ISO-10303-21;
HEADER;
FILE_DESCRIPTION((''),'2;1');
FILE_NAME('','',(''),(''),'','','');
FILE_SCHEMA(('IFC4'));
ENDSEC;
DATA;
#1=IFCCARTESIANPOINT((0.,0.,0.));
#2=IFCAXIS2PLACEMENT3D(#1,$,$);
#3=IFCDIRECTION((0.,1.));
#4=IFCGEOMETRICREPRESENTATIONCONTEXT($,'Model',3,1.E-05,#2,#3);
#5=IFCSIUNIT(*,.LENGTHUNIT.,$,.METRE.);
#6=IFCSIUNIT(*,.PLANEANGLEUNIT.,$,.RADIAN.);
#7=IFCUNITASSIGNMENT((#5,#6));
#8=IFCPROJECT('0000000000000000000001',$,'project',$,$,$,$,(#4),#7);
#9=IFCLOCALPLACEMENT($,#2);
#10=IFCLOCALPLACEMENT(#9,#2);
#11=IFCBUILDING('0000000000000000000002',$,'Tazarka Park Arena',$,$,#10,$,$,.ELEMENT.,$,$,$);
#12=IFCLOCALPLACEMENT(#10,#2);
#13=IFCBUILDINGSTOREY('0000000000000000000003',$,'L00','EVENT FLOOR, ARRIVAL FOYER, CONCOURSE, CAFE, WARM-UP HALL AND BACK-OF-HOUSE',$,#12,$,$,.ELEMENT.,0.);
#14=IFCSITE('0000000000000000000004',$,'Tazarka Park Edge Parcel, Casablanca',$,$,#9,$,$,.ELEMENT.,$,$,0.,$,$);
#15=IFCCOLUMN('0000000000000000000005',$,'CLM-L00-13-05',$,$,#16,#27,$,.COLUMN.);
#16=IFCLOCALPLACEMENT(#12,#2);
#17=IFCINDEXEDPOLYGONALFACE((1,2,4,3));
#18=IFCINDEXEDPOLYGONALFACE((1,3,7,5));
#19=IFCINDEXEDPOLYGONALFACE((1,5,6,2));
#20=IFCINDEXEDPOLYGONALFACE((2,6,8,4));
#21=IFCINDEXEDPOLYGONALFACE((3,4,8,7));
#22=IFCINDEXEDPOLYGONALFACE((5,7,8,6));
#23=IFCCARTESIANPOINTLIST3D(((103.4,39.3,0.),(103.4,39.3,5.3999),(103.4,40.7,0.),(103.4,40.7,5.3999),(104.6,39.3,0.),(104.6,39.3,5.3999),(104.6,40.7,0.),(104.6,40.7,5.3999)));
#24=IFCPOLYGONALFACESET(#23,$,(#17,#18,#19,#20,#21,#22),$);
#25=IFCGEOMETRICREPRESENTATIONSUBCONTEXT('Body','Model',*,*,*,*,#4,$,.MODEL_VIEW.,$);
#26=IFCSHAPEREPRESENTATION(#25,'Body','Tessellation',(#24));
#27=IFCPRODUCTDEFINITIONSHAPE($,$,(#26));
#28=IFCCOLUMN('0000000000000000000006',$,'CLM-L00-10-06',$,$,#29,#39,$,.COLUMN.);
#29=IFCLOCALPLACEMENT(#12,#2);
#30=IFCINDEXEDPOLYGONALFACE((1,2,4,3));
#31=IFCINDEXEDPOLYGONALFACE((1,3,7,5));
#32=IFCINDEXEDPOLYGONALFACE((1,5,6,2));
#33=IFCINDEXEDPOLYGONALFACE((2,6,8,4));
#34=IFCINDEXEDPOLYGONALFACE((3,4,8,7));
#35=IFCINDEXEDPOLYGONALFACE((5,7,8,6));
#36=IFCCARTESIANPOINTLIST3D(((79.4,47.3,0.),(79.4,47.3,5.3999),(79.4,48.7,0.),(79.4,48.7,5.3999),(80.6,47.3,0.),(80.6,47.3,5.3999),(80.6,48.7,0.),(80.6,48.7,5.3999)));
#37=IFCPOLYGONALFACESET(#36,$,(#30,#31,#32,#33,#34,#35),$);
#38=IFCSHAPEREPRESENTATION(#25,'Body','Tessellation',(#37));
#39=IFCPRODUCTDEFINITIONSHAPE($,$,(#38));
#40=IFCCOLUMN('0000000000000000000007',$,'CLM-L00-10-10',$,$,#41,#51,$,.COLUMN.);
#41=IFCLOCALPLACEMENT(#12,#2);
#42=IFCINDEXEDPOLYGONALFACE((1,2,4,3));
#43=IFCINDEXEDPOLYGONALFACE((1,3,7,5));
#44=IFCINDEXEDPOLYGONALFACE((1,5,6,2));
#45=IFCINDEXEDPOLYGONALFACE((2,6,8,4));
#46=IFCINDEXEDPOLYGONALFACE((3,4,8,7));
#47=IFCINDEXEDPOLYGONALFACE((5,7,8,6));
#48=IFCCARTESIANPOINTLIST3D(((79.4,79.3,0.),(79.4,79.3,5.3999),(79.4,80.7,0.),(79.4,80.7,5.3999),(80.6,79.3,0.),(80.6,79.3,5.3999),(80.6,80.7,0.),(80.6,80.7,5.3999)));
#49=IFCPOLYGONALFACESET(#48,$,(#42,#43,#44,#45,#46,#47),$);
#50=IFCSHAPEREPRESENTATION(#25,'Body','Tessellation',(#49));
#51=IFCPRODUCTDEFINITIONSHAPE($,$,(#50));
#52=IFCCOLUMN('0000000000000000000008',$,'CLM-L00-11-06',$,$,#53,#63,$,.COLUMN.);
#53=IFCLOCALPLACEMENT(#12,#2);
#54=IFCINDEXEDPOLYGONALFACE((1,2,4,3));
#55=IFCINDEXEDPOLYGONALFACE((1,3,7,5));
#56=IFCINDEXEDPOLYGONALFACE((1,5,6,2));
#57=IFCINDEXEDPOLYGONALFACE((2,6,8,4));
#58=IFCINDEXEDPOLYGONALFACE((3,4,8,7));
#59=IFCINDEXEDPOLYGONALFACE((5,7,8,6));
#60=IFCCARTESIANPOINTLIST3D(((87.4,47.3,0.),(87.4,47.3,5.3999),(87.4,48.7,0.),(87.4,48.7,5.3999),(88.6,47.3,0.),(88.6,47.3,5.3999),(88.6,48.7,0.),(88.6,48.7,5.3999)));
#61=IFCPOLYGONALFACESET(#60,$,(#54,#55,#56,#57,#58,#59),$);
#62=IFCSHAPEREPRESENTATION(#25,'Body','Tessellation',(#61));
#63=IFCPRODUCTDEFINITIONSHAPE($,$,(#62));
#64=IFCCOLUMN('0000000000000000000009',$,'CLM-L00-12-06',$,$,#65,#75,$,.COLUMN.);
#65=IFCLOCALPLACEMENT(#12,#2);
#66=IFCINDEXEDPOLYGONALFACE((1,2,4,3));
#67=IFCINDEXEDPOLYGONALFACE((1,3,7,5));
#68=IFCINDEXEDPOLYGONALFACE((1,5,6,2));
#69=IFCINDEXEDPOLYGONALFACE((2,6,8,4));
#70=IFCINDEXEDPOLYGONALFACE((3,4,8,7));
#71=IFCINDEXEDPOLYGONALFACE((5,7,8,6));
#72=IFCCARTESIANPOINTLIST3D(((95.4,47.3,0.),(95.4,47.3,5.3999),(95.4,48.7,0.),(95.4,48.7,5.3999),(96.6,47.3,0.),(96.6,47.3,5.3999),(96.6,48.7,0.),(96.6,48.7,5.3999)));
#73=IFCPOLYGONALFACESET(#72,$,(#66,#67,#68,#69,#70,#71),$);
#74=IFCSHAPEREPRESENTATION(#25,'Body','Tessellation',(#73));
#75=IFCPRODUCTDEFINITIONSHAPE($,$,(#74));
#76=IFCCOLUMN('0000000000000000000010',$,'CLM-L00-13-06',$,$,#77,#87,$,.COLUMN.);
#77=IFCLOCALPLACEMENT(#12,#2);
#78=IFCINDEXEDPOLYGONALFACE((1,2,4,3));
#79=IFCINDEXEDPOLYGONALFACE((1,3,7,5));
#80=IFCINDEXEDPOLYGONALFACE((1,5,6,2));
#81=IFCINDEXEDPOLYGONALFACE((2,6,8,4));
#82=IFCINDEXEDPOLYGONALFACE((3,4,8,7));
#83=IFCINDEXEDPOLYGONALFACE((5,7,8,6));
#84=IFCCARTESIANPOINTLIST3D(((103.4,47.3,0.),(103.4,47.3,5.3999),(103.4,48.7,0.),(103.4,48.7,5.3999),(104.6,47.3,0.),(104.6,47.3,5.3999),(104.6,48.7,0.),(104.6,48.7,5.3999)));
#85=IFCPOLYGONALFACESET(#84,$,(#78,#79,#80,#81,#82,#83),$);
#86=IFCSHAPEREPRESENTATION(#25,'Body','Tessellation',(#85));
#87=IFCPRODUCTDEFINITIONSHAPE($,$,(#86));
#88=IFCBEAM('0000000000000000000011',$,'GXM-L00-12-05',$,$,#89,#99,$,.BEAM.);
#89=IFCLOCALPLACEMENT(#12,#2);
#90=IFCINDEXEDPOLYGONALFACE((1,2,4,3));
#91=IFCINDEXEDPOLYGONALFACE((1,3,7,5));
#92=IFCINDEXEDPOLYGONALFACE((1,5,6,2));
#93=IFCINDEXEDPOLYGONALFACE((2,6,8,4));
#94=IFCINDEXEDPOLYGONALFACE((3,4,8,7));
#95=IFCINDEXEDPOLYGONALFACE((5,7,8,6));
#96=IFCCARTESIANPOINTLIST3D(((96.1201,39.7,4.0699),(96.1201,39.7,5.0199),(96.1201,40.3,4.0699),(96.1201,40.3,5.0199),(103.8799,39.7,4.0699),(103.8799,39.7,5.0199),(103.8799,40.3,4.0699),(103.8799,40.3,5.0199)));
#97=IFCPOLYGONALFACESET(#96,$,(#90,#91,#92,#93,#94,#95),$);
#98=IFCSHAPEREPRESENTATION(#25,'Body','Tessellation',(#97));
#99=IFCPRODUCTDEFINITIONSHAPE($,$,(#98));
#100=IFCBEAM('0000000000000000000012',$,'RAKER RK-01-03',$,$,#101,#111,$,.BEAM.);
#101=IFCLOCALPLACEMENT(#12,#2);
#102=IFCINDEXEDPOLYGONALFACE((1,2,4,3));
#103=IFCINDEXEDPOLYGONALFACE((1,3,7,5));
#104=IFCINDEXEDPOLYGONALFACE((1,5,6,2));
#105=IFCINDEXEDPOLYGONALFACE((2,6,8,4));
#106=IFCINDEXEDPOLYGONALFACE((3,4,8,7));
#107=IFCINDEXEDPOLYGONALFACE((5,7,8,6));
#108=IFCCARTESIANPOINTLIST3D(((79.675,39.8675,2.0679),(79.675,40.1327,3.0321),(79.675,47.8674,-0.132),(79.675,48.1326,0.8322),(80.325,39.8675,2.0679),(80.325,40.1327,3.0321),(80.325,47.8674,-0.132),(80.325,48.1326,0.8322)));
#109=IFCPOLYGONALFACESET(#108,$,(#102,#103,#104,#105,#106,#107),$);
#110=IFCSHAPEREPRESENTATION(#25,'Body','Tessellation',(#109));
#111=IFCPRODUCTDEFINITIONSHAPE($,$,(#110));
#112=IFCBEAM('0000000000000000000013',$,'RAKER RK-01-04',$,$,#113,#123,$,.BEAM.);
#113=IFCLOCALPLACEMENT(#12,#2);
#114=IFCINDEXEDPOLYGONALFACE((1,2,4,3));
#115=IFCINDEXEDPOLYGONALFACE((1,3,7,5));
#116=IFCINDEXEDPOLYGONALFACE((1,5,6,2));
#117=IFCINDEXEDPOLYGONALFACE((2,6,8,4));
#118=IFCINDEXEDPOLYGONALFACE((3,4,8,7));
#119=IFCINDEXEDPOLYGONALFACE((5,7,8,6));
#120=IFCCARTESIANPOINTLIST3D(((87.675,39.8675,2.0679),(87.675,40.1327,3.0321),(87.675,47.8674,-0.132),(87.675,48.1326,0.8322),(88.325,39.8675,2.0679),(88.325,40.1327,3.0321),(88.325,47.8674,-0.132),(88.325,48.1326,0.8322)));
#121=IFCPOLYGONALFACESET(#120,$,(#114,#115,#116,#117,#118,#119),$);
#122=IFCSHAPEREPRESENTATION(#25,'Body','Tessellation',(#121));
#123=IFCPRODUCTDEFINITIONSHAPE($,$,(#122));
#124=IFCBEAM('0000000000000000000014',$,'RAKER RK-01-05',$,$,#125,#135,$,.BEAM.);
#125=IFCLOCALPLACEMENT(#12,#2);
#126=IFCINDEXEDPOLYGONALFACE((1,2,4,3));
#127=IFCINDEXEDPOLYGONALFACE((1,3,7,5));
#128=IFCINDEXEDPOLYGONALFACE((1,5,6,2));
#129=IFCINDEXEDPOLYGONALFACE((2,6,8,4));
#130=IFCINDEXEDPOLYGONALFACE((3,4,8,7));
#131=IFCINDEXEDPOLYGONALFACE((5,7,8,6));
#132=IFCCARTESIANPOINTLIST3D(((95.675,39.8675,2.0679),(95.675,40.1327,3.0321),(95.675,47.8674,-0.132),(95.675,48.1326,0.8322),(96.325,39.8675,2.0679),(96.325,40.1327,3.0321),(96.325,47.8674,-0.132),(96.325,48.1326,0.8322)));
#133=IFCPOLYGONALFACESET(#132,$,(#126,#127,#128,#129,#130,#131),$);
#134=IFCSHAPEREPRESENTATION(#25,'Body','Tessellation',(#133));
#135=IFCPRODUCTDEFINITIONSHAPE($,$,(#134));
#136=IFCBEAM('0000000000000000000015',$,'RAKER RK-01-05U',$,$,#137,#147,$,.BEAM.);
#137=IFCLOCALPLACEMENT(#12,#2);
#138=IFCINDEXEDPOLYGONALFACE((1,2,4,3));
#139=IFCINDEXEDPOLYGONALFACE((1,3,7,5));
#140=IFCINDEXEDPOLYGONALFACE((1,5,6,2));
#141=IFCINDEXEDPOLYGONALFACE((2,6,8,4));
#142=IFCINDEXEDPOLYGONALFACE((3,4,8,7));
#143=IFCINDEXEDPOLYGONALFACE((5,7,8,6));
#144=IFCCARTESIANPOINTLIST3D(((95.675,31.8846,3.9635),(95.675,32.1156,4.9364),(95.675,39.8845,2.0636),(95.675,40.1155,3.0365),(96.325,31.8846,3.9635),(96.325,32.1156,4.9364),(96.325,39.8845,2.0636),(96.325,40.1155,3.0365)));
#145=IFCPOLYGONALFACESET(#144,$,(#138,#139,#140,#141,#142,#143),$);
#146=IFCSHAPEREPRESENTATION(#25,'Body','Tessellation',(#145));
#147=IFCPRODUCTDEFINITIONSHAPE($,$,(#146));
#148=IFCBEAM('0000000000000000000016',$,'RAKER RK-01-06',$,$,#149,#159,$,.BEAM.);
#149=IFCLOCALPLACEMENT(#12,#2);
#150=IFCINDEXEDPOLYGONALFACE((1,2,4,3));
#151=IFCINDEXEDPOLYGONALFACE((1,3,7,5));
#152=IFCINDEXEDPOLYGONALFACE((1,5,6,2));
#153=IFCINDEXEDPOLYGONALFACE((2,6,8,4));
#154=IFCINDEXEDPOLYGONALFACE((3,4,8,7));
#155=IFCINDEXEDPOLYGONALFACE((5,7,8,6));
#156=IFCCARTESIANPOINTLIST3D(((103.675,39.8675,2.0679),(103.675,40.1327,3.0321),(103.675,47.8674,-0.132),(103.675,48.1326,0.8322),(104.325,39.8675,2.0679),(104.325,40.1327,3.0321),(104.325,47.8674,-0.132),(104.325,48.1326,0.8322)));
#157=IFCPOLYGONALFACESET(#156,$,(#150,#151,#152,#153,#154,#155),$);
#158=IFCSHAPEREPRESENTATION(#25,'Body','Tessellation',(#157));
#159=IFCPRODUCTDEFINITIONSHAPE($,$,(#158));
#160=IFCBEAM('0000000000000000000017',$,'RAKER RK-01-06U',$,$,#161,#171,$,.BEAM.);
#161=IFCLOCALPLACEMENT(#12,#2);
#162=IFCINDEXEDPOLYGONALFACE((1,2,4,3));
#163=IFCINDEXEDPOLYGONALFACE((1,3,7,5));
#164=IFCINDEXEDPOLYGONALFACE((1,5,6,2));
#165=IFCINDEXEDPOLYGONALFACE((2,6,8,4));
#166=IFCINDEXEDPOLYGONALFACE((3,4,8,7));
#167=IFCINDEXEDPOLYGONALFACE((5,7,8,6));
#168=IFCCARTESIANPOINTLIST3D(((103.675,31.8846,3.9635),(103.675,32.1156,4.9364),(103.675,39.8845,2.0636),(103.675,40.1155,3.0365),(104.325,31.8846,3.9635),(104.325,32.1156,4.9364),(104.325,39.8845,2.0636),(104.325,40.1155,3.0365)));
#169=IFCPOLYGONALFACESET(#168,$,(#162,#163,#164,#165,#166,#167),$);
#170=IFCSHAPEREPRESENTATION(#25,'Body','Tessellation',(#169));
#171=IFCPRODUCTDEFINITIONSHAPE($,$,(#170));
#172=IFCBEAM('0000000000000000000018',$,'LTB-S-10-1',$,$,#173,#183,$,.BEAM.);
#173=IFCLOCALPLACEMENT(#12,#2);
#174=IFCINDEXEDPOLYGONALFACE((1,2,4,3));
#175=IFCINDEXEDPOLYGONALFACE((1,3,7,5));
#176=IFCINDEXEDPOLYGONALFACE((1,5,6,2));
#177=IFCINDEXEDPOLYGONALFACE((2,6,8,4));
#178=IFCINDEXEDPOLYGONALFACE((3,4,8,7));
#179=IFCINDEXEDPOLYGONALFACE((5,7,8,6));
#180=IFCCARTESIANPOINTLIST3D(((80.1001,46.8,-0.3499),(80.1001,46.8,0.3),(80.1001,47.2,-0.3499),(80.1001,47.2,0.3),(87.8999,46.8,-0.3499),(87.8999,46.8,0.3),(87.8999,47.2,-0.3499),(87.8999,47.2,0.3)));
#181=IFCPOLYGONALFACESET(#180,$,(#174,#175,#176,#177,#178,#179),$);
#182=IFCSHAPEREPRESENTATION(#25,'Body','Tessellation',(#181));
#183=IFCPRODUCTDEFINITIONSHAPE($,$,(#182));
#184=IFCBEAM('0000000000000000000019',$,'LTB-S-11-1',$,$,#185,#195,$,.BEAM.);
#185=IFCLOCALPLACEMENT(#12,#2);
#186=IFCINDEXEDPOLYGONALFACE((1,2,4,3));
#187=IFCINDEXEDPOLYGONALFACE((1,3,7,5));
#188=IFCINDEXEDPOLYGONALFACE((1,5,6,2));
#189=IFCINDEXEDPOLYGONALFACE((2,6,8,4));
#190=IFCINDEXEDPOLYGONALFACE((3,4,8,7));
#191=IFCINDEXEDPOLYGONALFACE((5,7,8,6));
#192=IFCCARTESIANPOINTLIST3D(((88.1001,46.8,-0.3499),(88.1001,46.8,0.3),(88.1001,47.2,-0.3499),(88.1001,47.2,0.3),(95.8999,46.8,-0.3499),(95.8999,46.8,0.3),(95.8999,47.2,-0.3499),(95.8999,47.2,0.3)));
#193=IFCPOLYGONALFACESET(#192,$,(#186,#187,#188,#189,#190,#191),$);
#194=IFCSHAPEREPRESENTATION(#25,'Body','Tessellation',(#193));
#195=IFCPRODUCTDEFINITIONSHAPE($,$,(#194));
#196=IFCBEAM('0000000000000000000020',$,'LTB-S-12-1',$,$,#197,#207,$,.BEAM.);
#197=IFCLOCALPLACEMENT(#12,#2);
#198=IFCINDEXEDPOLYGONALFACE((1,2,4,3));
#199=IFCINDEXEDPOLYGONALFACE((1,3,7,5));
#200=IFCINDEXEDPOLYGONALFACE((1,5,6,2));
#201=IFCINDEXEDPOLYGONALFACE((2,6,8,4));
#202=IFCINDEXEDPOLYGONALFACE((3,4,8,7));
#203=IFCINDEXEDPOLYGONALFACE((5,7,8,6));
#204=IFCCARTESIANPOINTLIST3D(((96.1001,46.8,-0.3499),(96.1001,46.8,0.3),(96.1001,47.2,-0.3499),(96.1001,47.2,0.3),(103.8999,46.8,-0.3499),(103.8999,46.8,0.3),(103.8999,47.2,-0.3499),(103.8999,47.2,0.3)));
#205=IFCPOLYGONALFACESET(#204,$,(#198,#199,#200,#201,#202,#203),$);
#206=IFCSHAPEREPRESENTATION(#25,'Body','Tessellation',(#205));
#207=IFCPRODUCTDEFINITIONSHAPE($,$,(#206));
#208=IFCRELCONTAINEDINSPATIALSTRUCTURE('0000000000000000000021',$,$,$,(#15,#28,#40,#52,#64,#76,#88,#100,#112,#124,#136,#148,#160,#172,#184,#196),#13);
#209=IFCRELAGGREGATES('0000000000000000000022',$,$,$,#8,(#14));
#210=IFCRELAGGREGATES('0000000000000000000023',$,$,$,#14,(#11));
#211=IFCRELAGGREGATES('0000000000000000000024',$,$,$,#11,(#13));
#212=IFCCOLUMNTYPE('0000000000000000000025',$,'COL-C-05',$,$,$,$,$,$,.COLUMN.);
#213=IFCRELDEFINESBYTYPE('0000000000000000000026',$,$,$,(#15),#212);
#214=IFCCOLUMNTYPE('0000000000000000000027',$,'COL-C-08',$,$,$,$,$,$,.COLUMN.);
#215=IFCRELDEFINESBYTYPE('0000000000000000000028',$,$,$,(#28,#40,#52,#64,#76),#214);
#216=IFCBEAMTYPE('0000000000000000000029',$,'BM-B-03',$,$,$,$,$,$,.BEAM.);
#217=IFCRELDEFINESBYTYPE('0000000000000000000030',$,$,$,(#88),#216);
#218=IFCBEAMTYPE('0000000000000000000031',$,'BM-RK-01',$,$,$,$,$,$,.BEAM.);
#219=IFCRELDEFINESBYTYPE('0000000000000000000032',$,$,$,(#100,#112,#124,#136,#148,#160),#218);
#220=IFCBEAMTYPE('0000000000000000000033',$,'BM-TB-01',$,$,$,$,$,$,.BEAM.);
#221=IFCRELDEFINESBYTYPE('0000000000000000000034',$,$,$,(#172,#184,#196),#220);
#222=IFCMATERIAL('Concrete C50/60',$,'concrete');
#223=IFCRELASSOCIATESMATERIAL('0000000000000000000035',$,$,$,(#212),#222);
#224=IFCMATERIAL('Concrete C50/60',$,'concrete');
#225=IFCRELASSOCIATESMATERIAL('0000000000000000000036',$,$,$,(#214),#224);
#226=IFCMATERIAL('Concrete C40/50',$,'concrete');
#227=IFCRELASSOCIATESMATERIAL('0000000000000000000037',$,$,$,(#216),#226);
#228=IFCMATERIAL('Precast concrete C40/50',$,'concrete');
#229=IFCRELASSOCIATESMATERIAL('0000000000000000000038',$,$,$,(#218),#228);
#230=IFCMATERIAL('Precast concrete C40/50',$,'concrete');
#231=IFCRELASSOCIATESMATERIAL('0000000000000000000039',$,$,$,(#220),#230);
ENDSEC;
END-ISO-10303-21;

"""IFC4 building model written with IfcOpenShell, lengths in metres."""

from ifc_helpers import new_model, si_unit, direction, frame, origin, origin_2d, place, context, subcontext, project, spatial, rectangle, extrude, material, material_profile, profile_set, type_object, element, save


model = new_model("IFC4")

# Units and contexts
model_context = context("Model", 3, precision=1e-05, world=origin(), true_north=direction((0.0, 1.0)))
body_context = subcontext(model_context, "Body", "Model", "MODEL_VIEW")
ifc_project = project(units=[si_unit("LENGTHUNIT", "METRE"), si_unit("PLANEANGLEUNIT", "RADIAN")], contexts=[model_context])

# Site, building, storey
site_placement = place(None, origin())
site = spatial("IfcSite", under=ifc_project, at=site_placement, Name="Tazarka Park Edge Parcel, Casablanca", CompositionType="ELEMENT", RefElevation=0.0)
building_placement = place(site_placement, origin())
building = spatial("IfcBuilding", under=site, at=building_placement, Name="Tazarka Park Arena", CompositionType="ELEMENT")
storey_placement = place(building_placement, origin())
storey = spatial("IfcBuildingStorey", under=building, at=storey_placement, Name="L00", Description="EVENT FLOOR, ARRIVAL FOYER, CONCOURSE, CAFE, WARM-UP HALL AND BACK-OF-HOUSE", CompositionType="ELEMENT", Elevation=0.0)

# Columns
ifc_material_1 = material(Name="Concrete C50/60", Category="concrete")
ifc_material_profile_1 = material_profile(ifc_material_1, rectangle(XDim=1.2, YDim=1.3999, at=origin_2d()), Name="Concrete C50/60")
ifc_profile_set_1 = profile_set([ifc_material_profile_1], Name="Concrete C50/60")
column_type_1 = type_object("IfcColumnType", Name="COL-C-05", PredefinedType="COLUMN", material=ifc_profile_set_1)
column_placement = place(storey_placement, frame((104.0, 40.0, 0.0), z_axis=(0.0, 0.0, 1.0), x_axis=(1.0, 0.0, 0.0)))
element("IfcColumn", 1, at=column_placement, inside=storey, type_object=column_type_1, Name="CLM-L00-13-05", PredefinedType="COLUMN", context=body_context, shape_type="SweptSolid", body=[
    extrude(rectangle(XDim=1.2, YDim=1.3999, at=origin_2d()), origin(), (0.0, 0.0, 1.0), 5.3999),
])
ifc_material_2 = material(Name="Concrete C50/60", Category="concrete")
ifc_material_profile_2 = material_profile(ifc_material_2, rectangle(XDim=1.2, YDim=1.3999, at=origin_2d()), Name="Concrete C50/60")
ifc_profile_set_2 = profile_set([ifc_material_profile_2], Name="Concrete C50/60")
column_type_2 = type_object("IfcColumnType", Name="COL-C-08", PredefinedType="COLUMN", material=ifc_profile_set_2)
for number, where, z_axis, x_axis, name in (
    (2, (80.0, 48.0, 0.0), (0.0, 0.0, 1.0), (1.0, 0.0, 0.0), "CLM-L00-10-06"),
    (3, (80.0, 80.0, 0.0), (0.0, 0.0, 1.0), (1.0, 0.0, 0.0), "CLM-L00-10-10"),
    (4, (88.0, 48.0, 0.0), (0.0, 0.0, 1.0), (1.0, 0.0, 0.0), "CLM-L00-11-06"),
    (5, (96.0, 48.0, 0.0), (0.0, 0.0, 1.0), (1.0, 0.0, 0.0), "CLM-L00-12-06"),
    (6, (104.0, 48.0, 0.0), (0.0, 0.0, 1.0), (1.0, 0.0, 0.0), "CLM-L00-13-06"),
):
    element("IfcColumn", number, at=place(storey_placement, frame(where, z_axis=z_axis, x_axis=x_axis)), inside=storey, type_object=column_type_2, Name=name, PredefinedType="COLUMN", context=body_context, shape_type="SweptSolid", body=[
        extrude(rectangle(XDim=1.2, YDim=1.3999, at=origin_2d()), origin(), (0.0, 0.0, 1.0), 5.3999),
    ])

# Beams
ifc_material_3 = material(Name="Concrete C40/50", Category="concrete")
ifc_material_profile_3 = material_profile(ifc_material_3, rectangle(XDim=0.6001, YDim=0.95, at=origin_2d()), Name="Concrete C40/50")
ifc_profile_set_3 = profile_set([ifc_material_profile_3], Name="Concrete C40/50")
beam_type_1 = type_object("IfcBeamType", Name="BM-B-03", PredefinedType="BEAM", material=ifc_profile_set_3)
beam_1_placement = place(storey_placement, frame((96.1201, 40.0, 4.5449), z_axis=(1.0, 0.0, 0.0), x_axis=(0.0, 1.0, 0.0)))
element("IfcBeam", 7, at=beam_1_placement, inside=storey, type_object=beam_type_1, Name="GXM-L00-12-05", PredefinedType="BEAM", context=body_context, shape_type="SweptSolid", body=[
    extrude(rectangle(XDim=0.6001, YDim=0.95, at=origin_2d()), origin(), (0.0, 0.0, 1.0), 7.7598),
])
ifc_material_4 = material(Name="Precast concrete C40/50", Category="concrete")
ifc_material_profile_4 = material_profile(ifc_material_4, rectangle(XDim=0.6499, YDim=1.0, at=origin_2d()), Name="Precast concrete C40/50")
ifc_profile_set_4 = profile_set([ifc_material_profile_4], Name="Precast concrete C40/50")
beam_type_2 = type_object("IfcBeamType", Name="BM-RK-01", PredefinedType="BEAM", material=ifc_profile_set_4)
for number, where, z_axis, x_axis, name in (
    (8, (80.0, 48.0, 0.3501), (0.0, -0.964207, 0.265151), (1.0, 0.0, 0.0), "RAKER RK-01-03"),
    (9, (88.0, 48.0, 0.3501), (0.0, -0.964207, 0.265151), (1.0, 0.0, 0.0), "RAKER RK-01-04"),
    (10, (96.0, 48.0, 0.3501), (0.0, -0.964207, 0.265151), (1.0, 0.0, 0.0), "RAKER RK-01-05"),
):
    element("IfcBeam", number, at=place(storey_placement, frame(where, z_axis=z_axis, x_axis=x_axis)), inside=storey, type_object=beam_type_2, Name=name, PredefinedType="BEAM", context=body_context, shape_type="SweptSolid", body=[
        extrude(rectangle(XDim=0.6499, YDim=1.0, at=origin_2d()), origin(), (0.0, 0.0, 1.0), 8.2969),
    ])
beam_2_placement = place(storey_placement, frame((96.0, 40.0, 2.55), z_axis=(0.0, -0.972939, 0.231061), x_axis=(1.0, 0.0, 0.0)))
element("IfcBeam", 11, at=beam_2_placement, inside=storey, type_object=beam_type_2, Name="RAKER RK-01-05U", PredefinedType="BEAM", context=body_context, shape_type="SweptSolid", body=[
    extrude(rectangle(XDim=0.6499, YDim=1.0, at=origin_2d()), origin(), (0.0, 0.0, 1.0), 8.2224),
])
beam_3_placement = place(storey_placement, frame((104.0, 48.0, 0.3501), z_axis=(0.0, -0.964207, 0.265151), x_axis=(1.0, 0.0, 0.0)))
element("IfcBeam", 12, at=beam_3_placement, inside=storey, type_object=beam_type_2, Name="RAKER RK-01-06", PredefinedType="BEAM", context=body_context, shape_type="SweptSolid", body=[
    extrude(rectangle(XDim=0.6499, YDim=1.0, at=origin_2d()), origin(), (0.0, 0.0, 1.0), 8.2969),
])
beam_4_placement = place(storey_placement, frame((104.0, 40.0, 2.55), z_axis=(0.0, -0.972939, 0.231061), x_axis=(1.0, 0.0, 0.0)))
element("IfcBeam", 13, at=beam_4_placement, inside=storey, type_object=beam_type_2, Name="RAKER RK-01-06U", PredefinedType="BEAM", context=body_context, shape_type="SweptSolid", body=[
    extrude(rectangle(XDim=0.6499, YDim=1.0, at=origin_2d()), origin(), (0.0, 0.0, 1.0), 8.2224),
])
ifc_material_5 = material(Name="Precast concrete C40/50", Category="concrete")
ifc_material_profile_5 = material_profile(ifc_material_5, rectangle(XDim=0.3999, YDim=0.6499, at=origin_2d()), Name="Precast concrete C40/50")
ifc_profile_set_5 = profile_set([ifc_material_profile_5], Name="Precast concrete C40/50")
beam_type_3 = type_object("IfcBeamType", Name="BM-TB-01", PredefinedType="BEAM", material=ifc_profile_set_5)
for number, where, z_axis, x_axis, name in (
    (14, (80.1001, 47.0, -0.0249), (1.0, 0.0, 0.0), (0.0, 1.0, 0.0), "LTB-S-10-1"),
    (15, (88.1001, 47.0, -0.0249), (1.0, 0.0, 0.0), (0.0, 1.0, 0.0), "LTB-S-11-1"),
    (16, (96.1001, 47.0, -0.0249), (1.0, 0.0, 0.0), (0.0, 1.0, 0.0), "LTB-S-12-1"),
):
    element("IfcBeam", number, at=place(storey_placement, frame(where, z_axis=z_axis, x_axis=x_axis)), inside=storey, type_object=beam_type_3, Name=name, PredefinedType="BEAM", context=body_context, shape_type="SweptSolid", body=[
        extrude(rectangle(XDim=0.3999, YDim=0.6499, at=origin_2d()), origin(), (0.0, 0.0, 1.0), 7.7998),
    ])

save(model, "model.ifc")
